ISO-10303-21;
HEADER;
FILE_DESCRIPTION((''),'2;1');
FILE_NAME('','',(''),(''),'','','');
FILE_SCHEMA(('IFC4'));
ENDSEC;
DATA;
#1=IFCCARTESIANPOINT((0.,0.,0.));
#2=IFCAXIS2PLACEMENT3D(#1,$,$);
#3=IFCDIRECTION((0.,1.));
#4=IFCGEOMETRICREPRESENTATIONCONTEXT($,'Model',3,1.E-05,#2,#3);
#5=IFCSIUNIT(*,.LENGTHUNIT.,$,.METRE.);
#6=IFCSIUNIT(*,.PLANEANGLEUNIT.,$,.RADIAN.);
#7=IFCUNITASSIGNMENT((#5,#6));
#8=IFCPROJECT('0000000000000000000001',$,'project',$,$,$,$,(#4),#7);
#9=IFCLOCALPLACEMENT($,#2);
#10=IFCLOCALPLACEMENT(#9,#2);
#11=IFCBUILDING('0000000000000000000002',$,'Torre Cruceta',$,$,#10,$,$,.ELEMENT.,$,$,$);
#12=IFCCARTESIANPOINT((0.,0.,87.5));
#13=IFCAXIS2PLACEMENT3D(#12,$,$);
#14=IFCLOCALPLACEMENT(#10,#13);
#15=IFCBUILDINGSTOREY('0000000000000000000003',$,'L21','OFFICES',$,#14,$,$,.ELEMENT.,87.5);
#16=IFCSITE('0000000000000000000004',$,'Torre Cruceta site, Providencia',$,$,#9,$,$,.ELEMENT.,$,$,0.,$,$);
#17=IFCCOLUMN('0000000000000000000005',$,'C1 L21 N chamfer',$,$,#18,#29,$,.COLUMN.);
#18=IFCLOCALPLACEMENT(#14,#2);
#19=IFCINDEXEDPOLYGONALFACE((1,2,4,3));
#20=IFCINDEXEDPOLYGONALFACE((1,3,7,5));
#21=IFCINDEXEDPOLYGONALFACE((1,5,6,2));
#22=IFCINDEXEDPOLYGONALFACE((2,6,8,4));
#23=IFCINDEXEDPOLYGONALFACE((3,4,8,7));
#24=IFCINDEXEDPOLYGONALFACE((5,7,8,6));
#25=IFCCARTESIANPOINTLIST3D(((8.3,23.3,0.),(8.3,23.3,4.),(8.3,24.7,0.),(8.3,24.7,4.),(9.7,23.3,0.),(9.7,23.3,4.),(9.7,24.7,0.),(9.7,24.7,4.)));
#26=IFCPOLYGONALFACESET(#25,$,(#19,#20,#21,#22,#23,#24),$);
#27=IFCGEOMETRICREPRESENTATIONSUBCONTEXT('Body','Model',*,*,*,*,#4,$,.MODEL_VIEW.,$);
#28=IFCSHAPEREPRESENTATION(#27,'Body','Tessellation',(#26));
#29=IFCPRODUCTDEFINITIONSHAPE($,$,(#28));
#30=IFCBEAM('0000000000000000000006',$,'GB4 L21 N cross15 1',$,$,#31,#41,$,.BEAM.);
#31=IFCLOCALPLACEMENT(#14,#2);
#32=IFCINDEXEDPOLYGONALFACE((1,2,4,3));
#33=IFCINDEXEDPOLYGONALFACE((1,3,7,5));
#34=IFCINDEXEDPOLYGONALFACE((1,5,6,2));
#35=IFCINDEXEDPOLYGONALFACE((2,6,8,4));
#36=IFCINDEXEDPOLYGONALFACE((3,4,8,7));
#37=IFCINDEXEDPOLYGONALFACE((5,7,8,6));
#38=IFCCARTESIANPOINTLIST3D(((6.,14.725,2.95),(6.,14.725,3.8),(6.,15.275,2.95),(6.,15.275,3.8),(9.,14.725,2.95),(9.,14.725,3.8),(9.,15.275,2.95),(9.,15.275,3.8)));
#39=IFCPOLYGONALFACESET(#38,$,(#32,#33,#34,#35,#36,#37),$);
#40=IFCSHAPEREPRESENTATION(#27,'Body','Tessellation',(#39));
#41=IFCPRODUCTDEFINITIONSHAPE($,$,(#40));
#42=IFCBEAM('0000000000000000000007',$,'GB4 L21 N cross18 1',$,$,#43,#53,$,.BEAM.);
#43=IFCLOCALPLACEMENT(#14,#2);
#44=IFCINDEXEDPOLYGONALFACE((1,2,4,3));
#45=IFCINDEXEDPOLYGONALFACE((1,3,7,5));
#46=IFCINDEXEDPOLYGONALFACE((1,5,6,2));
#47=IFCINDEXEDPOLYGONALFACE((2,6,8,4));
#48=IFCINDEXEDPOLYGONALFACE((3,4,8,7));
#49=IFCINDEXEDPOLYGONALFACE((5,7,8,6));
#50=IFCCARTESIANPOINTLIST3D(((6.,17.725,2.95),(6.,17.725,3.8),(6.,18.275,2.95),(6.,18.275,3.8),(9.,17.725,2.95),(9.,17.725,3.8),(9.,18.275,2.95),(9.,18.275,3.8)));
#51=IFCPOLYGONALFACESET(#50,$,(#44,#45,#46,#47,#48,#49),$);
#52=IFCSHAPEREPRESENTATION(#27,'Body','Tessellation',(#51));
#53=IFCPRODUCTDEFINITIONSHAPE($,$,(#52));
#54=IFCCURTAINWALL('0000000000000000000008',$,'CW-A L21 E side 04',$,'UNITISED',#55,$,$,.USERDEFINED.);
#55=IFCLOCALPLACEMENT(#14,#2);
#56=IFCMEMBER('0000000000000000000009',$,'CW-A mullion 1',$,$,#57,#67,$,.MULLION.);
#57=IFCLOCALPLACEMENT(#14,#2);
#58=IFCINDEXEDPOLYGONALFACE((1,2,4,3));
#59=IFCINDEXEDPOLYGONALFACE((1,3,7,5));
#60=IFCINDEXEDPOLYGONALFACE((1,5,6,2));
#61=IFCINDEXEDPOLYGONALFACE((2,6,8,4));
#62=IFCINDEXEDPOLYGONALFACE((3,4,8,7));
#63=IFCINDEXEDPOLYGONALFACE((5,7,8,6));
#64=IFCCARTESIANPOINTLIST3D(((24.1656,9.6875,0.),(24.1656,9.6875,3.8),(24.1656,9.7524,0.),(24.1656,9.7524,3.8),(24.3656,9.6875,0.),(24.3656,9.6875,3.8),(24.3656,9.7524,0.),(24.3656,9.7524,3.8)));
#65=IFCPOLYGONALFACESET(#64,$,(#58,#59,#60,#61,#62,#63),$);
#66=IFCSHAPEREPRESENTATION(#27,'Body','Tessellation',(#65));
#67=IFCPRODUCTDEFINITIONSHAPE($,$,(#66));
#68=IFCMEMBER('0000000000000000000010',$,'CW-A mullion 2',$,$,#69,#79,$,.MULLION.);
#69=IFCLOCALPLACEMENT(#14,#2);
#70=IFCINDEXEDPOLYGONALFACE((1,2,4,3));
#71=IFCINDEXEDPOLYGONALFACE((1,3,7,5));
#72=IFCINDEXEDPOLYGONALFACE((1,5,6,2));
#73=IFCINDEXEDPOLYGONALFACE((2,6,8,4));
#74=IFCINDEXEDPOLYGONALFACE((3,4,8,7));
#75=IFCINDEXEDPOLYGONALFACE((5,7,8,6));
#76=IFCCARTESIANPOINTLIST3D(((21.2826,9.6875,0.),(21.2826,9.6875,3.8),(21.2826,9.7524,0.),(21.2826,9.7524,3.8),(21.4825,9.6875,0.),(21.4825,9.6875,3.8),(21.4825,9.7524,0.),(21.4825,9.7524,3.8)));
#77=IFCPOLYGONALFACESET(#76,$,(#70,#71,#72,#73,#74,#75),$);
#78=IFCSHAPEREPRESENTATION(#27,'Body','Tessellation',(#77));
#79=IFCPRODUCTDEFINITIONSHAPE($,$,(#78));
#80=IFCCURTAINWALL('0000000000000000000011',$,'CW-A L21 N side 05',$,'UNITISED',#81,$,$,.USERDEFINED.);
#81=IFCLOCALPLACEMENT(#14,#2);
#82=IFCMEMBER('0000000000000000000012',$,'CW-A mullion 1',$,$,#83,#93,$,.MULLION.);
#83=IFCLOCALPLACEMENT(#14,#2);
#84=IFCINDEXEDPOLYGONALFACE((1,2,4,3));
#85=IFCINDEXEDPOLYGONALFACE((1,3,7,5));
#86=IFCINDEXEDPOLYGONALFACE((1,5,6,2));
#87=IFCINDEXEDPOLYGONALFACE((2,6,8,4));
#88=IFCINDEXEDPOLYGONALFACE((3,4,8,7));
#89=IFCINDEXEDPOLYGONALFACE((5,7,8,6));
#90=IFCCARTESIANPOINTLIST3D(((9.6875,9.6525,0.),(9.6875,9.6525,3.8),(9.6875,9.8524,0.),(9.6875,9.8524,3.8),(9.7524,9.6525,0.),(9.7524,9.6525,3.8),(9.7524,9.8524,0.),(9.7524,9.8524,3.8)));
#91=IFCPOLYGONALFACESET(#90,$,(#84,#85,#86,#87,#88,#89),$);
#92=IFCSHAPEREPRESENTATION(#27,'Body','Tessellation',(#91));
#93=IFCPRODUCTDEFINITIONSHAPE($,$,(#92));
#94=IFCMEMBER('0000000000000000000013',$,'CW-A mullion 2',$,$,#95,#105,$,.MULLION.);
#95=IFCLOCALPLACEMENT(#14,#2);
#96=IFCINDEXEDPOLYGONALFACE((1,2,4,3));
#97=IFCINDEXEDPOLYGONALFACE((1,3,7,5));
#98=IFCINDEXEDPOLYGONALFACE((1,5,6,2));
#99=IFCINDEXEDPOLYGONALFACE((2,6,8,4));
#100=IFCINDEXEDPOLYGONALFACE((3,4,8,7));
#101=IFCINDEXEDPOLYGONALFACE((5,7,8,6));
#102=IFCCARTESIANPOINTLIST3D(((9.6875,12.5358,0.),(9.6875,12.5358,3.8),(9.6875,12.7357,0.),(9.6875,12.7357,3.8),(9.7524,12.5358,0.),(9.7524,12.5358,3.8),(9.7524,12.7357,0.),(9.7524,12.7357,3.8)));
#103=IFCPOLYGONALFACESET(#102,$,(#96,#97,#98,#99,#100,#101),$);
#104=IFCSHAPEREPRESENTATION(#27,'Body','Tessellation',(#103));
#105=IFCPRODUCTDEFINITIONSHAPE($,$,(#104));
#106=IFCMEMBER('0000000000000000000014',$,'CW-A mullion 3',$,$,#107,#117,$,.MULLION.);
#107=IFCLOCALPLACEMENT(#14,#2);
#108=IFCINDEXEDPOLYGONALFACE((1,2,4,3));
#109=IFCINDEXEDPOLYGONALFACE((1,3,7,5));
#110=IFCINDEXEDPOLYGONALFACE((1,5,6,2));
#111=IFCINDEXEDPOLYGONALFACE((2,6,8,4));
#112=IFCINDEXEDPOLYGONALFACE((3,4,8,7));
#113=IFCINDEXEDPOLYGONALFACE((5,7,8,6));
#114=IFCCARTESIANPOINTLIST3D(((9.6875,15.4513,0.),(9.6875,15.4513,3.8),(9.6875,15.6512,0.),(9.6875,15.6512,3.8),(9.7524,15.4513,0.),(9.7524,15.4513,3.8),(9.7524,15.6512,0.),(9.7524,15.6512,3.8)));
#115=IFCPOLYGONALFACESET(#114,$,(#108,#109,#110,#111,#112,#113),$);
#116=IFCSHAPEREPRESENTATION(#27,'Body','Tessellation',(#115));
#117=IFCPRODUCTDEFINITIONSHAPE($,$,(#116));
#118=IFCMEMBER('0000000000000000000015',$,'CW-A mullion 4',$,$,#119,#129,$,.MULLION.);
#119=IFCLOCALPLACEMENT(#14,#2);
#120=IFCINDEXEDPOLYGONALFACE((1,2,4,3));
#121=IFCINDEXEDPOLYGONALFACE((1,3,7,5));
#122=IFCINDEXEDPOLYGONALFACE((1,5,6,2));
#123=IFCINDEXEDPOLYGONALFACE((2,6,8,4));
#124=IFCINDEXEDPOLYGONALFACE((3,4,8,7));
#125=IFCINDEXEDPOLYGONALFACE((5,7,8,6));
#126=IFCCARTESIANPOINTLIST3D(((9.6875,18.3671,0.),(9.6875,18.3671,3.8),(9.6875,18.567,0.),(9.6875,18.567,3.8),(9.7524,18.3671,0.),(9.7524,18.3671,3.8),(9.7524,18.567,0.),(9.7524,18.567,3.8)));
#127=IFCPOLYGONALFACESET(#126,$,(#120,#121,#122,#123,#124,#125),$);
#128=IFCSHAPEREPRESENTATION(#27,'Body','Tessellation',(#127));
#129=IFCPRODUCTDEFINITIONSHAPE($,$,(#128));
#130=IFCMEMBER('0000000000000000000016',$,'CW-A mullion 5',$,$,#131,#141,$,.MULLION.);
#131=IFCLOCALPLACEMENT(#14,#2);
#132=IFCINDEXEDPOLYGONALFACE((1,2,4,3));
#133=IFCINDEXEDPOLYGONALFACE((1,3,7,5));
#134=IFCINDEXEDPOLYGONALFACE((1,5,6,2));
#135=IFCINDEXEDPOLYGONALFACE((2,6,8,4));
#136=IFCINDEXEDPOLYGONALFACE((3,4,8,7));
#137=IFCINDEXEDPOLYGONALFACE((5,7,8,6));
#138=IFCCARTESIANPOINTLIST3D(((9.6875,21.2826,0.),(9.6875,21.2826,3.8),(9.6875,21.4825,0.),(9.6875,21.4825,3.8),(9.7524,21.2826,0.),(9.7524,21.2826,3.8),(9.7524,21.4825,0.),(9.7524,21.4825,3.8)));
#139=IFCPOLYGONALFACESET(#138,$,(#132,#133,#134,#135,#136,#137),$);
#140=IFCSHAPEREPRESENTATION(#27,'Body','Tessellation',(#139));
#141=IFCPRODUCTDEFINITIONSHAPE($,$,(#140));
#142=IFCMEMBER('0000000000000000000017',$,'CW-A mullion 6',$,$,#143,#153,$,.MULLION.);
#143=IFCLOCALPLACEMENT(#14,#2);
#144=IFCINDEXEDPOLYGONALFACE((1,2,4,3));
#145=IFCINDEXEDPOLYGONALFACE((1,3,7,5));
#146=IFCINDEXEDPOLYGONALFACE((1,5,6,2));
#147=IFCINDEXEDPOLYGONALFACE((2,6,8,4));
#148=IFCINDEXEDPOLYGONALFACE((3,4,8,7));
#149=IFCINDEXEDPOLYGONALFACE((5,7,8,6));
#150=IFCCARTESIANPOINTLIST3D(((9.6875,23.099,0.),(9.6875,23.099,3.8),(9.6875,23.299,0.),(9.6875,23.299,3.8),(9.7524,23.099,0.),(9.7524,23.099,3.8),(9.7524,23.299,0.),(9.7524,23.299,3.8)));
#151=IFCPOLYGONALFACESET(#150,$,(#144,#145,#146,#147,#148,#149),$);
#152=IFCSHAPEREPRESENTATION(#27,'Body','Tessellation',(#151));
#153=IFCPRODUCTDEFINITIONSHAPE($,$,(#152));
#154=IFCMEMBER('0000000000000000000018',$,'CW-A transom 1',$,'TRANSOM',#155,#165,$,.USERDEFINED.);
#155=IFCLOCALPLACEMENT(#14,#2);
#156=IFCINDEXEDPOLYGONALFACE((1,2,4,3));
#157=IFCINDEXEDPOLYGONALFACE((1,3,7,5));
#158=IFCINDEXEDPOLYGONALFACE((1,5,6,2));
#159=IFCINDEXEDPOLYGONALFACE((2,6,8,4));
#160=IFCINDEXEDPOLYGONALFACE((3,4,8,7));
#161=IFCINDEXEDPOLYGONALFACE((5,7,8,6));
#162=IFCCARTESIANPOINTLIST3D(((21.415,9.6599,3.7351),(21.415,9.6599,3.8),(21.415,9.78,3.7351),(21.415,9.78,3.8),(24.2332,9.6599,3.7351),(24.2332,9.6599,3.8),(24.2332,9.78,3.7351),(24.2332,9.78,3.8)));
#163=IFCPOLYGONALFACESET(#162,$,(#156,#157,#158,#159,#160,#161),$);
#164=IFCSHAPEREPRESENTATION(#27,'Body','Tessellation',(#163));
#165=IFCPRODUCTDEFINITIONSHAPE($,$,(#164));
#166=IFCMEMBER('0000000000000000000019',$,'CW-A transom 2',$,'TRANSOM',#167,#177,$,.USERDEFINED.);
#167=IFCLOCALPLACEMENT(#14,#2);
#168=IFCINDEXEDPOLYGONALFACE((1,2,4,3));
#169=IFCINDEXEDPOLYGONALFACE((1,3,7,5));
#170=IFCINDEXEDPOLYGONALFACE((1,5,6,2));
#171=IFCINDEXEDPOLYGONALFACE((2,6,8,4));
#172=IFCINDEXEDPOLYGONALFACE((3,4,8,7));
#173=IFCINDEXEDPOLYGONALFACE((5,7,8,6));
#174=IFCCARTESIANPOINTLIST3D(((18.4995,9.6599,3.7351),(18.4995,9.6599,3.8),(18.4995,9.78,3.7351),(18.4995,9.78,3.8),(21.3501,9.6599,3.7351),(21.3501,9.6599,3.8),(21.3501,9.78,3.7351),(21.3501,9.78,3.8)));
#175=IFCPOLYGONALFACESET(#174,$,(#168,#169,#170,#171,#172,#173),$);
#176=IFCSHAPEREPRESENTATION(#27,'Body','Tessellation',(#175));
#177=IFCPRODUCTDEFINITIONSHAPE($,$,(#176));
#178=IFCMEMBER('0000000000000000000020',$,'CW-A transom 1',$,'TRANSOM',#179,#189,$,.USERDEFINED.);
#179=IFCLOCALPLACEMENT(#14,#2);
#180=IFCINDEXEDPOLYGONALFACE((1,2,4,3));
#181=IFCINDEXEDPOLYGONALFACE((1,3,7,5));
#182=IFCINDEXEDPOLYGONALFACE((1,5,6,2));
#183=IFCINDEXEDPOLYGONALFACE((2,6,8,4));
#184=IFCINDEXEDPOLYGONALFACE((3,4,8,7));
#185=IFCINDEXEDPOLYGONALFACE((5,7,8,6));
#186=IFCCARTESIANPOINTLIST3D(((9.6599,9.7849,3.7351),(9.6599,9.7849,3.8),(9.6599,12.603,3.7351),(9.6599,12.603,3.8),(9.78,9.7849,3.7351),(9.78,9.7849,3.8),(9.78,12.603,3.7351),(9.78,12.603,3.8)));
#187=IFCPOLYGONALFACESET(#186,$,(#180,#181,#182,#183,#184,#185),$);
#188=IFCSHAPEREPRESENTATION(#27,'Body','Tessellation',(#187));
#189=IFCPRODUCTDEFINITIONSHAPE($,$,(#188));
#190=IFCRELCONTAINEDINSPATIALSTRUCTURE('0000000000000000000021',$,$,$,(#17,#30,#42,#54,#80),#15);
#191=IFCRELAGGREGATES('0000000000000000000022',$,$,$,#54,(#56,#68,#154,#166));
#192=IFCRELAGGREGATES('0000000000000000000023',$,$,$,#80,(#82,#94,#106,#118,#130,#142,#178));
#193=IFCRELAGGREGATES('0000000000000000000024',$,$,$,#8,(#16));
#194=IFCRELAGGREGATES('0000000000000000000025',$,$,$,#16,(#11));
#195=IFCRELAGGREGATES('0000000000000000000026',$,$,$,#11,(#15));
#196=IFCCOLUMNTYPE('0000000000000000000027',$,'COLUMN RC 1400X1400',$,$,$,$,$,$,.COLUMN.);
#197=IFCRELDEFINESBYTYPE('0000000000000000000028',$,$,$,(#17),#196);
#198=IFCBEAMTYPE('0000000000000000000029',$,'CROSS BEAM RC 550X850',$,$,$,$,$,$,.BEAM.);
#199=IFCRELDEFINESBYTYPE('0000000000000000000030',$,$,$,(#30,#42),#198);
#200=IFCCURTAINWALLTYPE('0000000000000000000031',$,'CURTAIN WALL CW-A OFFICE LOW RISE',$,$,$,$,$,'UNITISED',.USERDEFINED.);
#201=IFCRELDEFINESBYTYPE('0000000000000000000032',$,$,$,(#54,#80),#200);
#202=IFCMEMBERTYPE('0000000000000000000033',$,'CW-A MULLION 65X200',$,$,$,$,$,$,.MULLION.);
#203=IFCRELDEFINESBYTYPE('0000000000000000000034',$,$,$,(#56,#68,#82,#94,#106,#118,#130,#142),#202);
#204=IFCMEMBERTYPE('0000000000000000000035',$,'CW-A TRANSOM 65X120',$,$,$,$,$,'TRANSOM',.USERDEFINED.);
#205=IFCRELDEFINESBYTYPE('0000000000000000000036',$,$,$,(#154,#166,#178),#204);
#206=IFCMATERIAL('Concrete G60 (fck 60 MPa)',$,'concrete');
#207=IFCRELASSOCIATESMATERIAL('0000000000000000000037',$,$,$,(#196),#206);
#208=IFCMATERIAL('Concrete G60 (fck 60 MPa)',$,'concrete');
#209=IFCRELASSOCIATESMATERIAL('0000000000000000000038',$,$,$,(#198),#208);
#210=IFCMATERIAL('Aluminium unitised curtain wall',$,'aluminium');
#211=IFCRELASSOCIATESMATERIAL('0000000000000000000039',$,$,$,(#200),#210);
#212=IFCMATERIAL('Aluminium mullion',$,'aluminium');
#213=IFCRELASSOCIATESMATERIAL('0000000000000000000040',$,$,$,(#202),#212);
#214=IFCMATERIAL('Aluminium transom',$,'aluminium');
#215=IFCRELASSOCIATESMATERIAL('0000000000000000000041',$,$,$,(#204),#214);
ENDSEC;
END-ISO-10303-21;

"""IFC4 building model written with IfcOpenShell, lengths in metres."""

from ifc_helpers import new_model, si_unit, direction, frame, origin, origin_2d, place, context, subcontext, project, spatial, rectangle, extrude, material, material_profile, profile_set, type_object, element, aggregate, save


model = new_model("IFC4")

# Units and contexts
model_context = context("Model", 3, precision=1e-05, world=origin(), true_north=direction((0.0, 1.0)))
body_context = subcontext(model_context, "Body", "Model", "MODEL_VIEW")
ifc_project = project(units=[si_unit("LENGTHUNIT", "METRE"), si_unit("PLANEANGLEUNIT", "RADIAN")], contexts=[model_context])

# Site, building, storey
site_placement = place(None, origin())
site = spatial("IfcSite", under=ifc_project, at=site_placement, Name="Torre Cruceta site, Providencia", CompositionType="ELEMENT", RefElevation=0.0)
building_placement = place(site_placement, origin())
building = spatial("IfcBuilding", under=site, at=building_placement, Name="Torre Cruceta", CompositionType="ELEMENT")
storey_placement = place(building_placement, frame((0.0, 0.0, 87.5)))
storey = spatial("IfcBuildingStorey", under=building, at=storey_placement, Name="L21", Description="OFFICES", CompositionType="ELEMENT", Elevation=87.5)

# Column
ifc_material_1 = material(Name="Concrete G60 (fck 60 MPa)", Category="concrete")
ifc_material_profile_1 = material_profile(ifc_material_1, rectangle(XDim=1.3999, YDim=1.3999, at=origin_2d()), Name="RC 1400X1400")
ifc_profile_set_1 = profile_set([ifc_material_profile_1], Name="Concrete G60 (fck 60 MPa)")
column_type = type_object("IfcColumnType", Name="COLUMN RC 1400X1400", PredefinedType="COLUMN", material=ifc_profile_set_1)
column_placement = place(storey_placement, frame((9.0, 24.0, 0.0), z_axis=(0.0, 0.0, 1.0), x_axis=(1.0, 0.0, 0.0)))
element("IfcColumn", 1, at=column_placement, inside=storey, type_object=column_type, Name="C1 L21 N chamfer", PredefinedType="COLUMN", context=body_context, shape_type="SweptSolid", body=[
    extrude(rectangle(XDim=1.3999, YDim=1.3999, at=origin_2d()), origin(), (0.0, 0.0, 1.0), 4.0),
])

# Beams
ifc_material_2 = material(Name="Concrete G60 (fck 60 MPa)", Category="concrete")
ifc_material_profile_2 = material_profile(ifc_material_2, rectangle(XDim=0.55, YDim=0.8501, at=origin_2d()), Name="RC 550X850")
ifc_profile_set_2 = profile_set([ifc_material_profile_2], Name="Concrete G60 (fck 60 MPa)")
beam_type_1 = type_object("IfcBeamType", Name="CROSS BEAM RC 550X850", PredefinedType="BEAM", material=ifc_profile_set_2)
for number, where, z_axis, x_axis, name in (
    (2, (9.0, 15.0, 3.375), (-1.0, 0.0, 0.0), (0.0, -1.0, 0.0), "GB4 L21 N cross15 1"),
    (3, (9.0, 18.0, 3.375), (-1.0, 0.0, 0.0), (0.0, -1.0, 0.0), "GB4 L21 N cross18 1"),
):
    element("IfcBeam", number, at=place(storey_placement, frame(where, z_axis=z_axis, x_axis=x_axis)), inside=storey, type_object=beam_type_1, Name=name, PredefinedType="BEAM", context=body_context, shape_type="SweptSolid", body=[
        extrude(rectangle(XDim=0.55, YDim=0.8501, at=origin_2d()), origin(), (0.0, 0.0, 1.0), 3.0),
    ])

# Curtain walls, members
ifc_material_3 = material(Name="Aluminium unitised curtain wall", Category="aluminium")
curtain_wall_type = type_object("IfcCurtainWallType", Name="CURTAIN WALL CW-A OFFICE LOW RISE", ElementType="UNITISED", PredefinedType="USERDEFINED", material=ifc_material_3)
curtain_wall_1_placement = place(storey_placement, origin())
curtain_wall_1 = element("IfcCurtainWall", 4, at=curtain_wall_1_placement, inside=storey, type_object=curtain_wall_type, Name="CW-A L21 E side 04", ObjectType="UNITISED", PredefinedType="USERDEFINED")
ifc_material_4 = material(Name="Aluminium mullion", Category="aluminium")
ifc_material_profile_3 = material_profile(ifc_material_4, rectangle(XDim=0.0649, YDim=0.2, at=origin_2d()), Name="AL 65X200")
ifc_profile_set_3 = profile_set([ifc_material_profile_3], Name="Aluminium mullion")
member_type_1 = type_object("IfcMemberType", Name="CW-A MULLION 65X200", PredefinedType="MULLION", material=ifc_profile_set_3)
member_1_placement = place(storey_placement, frame((24.2656, 9.72, 0.0), z_axis=(0.0, 0.0, 1.0), x_axis=(0.0, -1.0, 0.0)))
member_1 = element("IfcMember", 5, at=member_1_placement, type_object=member_type_1, Name="CW-A mullion 1", PredefinedType="MULLION", context=body_context, shape_type="SweptSolid", body=[
    extrude(rectangle(XDim=0.0649, YDim=0.2, at=origin_2d()), origin(), (0.0, 0.0, 1.0), 3.8),
])
member_2_placement = place(storey_placement, frame((21.3826, 9.72, 0.0), z_axis=(0.0, 0.0, 1.0), x_axis=(0.0, -1.0, 0.0)))
member_2 = element("IfcMember", 6, at=member_2_placement, type_object=member_type_1, Name="CW-A mullion 2", PredefinedType="MULLION", context=body_context, shape_type="SweptSolid", body=[
    extrude(rectangle(XDim=0.0649, YDim=0.2, at=origin_2d()), origin(), (0.0, 0.0, 1.0), 3.8),
])
curtain_wall_2_placement = place(storey_placement, origin())
curtain_wall_2 = element("IfcCurtainWall", 7, at=curtain_wall_2_placement, inside=storey, type_object=curtain_wall_type, Name="CW-A L21 N side 05", ObjectType="UNITISED", PredefinedType="USERDEFINED")
member_3_placement = place(storey_placement, frame((9.72, 9.7524, 0.0), z_axis=(0.0, 0.0, 1.0), x_axis=(-1.0, 0.0, 0.0)))
member_3 = element("IfcMember", 8, at=member_3_placement, type_object=member_type_1, Name="CW-A mullion 1", PredefinedType="MULLION", context=body_context, shape_type="SweptSolid", body=[
    extrude(rectangle(XDim=0.0649, YDim=0.2, at=origin_2d()), origin(), (0.0, 0.0, 1.0), 3.8),
])
member_4_placement = place(storey_placement, frame((9.72, 12.6357, 0.0), z_axis=(0.0, 0.0, 1.0), x_axis=(-1.0, 0.0, 0.0)))
member_4 = element("IfcMember", 9, at=member_4_placement, type_object=member_type_1, Name="CW-A mullion 2", PredefinedType="MULLION", context=body_context, shape_type="SweptSolid", body=[
    extrude(rectangle(XDim=0.0649, YDim=0.2, at=origin_2d()), origin(), (0.0, 0.0, 1.0), 3.8),
])
member_5_placement = place(storey_placement, frame((9.72, 15.5513, 0.0), z_axis=(0.0, 0.0, 1.0), x_axis=(-1.0, 0.0, 0.0)))
member_5 = element("IfcMember", 10, at=member_5_placement, type_object=member_type_1, Name="CW-A mullion 3", PredefinedType="MULLION", context=body_context, shape_type="SweptSolid", body=[
    extrude(rectangle(XDim=0.0649, YDim=0.2, at=origin_2d()), origin(), (0.0, 0.0, 1.0), 3.8),
])
member_6_placement = place(storey_placement, frame((9.72, 18.467, 0.0), z_axis=(0.0, 0.0, 1.0), x_axis=(-1.0, 0.0, 0.0)))
member_6 = element("IfcMember", 11, at=member_6_placement, type_object=member_type_1, Name="CW-A mullion 4", PredefinedType="MULLION", context=body_context, shape_type="SweptSolid", body=[
    extrude(rectangle(XDim=0.0649, YDim=0.2, at=origin_2d()), origin(), (0.0, 0.0, 1.0), 3.8),
])
member_7_placement = place(storey_placement, frame((9.72, 21.3826, 0.0), z_axis=(0.0, 0.0, 1.0), x_axis=(-1.0, 0.0, 0.0)))
member_7 = element("IfcMember", 12, at=member_7_placement, type_object=member_type_1, Name="CW-A mullion 5", PredefinedType="MULLION", context=body_context, shape_type="SweptSolid", body=[
    extrude(rectangle(XDim=0.0649, YDim=0.2, at=origin_2d()), origin(), (0.0, 0.0, 1.0), 3.8),
])
member_8_placement = place(storey_placement, frame((9.72, 23.199, 0.0), z_axis=(0.0, 0.0, 1.0), x_axis=(-1.0, 0.0, 0.0)))
member_8 = element("IfcMember", 13, at=member_8_placement, type_object=member_type_1, Name="CW-A mullion 6", PredefinedType="MULLION", context=body_context, shape_type="SweptSolid", body=[
    extrude(rectangle(XDim=0.0649, YDim=0.2, at=origin_2d()), origin(), (0.0, 0.0, 1.0), 3.8),
])

# Members
ifc_material_5 = material(Name="Aluminium transom", Category="aluminium")
ifc_material_profile_4 = material_profile(ifc_material_5, rectangle(XDim=0.1201, YDim=0.0649, at=origin_2d()), Name="AL 120X65")
ifc_profile_set_4 = profile_set([ifc_material_profile_4], Name="Aluminium transom")
member_type_2 = type_object("IfcMemberType", Name="CW-A TRANSOM 65X120", ElementType="TRANSOM", PredefinedType="USERDEFINED", material=ifc_profile_set_4)
member_9_placement = place(storey_placement, frame((24.2332, 9.72, 3.7676), z_axis=(-1.0, 0.0, 0.0), x_axis=(0.0, -1.0, 0.0)))
member_9 = element("IfcMember", 14, at=member_9_placement, type_object=member_type_2, Name="CW-A transom 1", ObjectType="TRANSOM", PredefinedType="USERDEFINED", context=body_context, shape_type="SweptSolid", body=[
    extrude(rectangle(XDim=0.1201, YDim=0.0649, at=origin_2d()), origin(), (0.0, 0.0, 1.0), 2.8181),
])
member_10_placement = place(storey_placement, frame((21.3501, 9.72, 3.7676), z_axis=(-1.0, 0.0, 0.0), x_axis=(0.0, -1.0, 0.0)))
member_10 = element("IfcMember", 15, at=member_10_placement, type_object=member_type_2, Name="CW-A transom 2", ObjectType="TRANSOM", PredefinedType="USERDEFINED", context=body_context, shape_type="SweptSolid", body=[
    extrude(rectangle(XDim=0.1201, YDim=0.0649, at=origin_2d()), origin(), (0.0, 0.0, 1.0), 2.8506),
])
member_11_placement = place(storey_placement, frame((9.72, 9.7849, 3.7676), z_axis=(0.0, 1.0, 0.0), x_axis=(-1.0, 0.0, 0.0)))
member_11 = element("IfcMember", 16, at=member_11_placement, type_object=member_type_2, Name="CW-A transom 1", ObjectType="TRANSOM", PredefinedType="USERDEFINED", context=body_context, shape_type="SweptSolid", body=[
    extrude(rectangle(XDim=0.1201, YDim=0.0649, at=origin_2d()), origin(), (0.0, 0.0, 1.0), 2.8181),
])

aggregate(curtain_wall_1, [member_1, member_2, member_9, member_10])
aggregate(curtain_wall_2, [member_3, member_4, member_5, member_6, member_7, member_8, member_11])

save(model, "model.ifc")
